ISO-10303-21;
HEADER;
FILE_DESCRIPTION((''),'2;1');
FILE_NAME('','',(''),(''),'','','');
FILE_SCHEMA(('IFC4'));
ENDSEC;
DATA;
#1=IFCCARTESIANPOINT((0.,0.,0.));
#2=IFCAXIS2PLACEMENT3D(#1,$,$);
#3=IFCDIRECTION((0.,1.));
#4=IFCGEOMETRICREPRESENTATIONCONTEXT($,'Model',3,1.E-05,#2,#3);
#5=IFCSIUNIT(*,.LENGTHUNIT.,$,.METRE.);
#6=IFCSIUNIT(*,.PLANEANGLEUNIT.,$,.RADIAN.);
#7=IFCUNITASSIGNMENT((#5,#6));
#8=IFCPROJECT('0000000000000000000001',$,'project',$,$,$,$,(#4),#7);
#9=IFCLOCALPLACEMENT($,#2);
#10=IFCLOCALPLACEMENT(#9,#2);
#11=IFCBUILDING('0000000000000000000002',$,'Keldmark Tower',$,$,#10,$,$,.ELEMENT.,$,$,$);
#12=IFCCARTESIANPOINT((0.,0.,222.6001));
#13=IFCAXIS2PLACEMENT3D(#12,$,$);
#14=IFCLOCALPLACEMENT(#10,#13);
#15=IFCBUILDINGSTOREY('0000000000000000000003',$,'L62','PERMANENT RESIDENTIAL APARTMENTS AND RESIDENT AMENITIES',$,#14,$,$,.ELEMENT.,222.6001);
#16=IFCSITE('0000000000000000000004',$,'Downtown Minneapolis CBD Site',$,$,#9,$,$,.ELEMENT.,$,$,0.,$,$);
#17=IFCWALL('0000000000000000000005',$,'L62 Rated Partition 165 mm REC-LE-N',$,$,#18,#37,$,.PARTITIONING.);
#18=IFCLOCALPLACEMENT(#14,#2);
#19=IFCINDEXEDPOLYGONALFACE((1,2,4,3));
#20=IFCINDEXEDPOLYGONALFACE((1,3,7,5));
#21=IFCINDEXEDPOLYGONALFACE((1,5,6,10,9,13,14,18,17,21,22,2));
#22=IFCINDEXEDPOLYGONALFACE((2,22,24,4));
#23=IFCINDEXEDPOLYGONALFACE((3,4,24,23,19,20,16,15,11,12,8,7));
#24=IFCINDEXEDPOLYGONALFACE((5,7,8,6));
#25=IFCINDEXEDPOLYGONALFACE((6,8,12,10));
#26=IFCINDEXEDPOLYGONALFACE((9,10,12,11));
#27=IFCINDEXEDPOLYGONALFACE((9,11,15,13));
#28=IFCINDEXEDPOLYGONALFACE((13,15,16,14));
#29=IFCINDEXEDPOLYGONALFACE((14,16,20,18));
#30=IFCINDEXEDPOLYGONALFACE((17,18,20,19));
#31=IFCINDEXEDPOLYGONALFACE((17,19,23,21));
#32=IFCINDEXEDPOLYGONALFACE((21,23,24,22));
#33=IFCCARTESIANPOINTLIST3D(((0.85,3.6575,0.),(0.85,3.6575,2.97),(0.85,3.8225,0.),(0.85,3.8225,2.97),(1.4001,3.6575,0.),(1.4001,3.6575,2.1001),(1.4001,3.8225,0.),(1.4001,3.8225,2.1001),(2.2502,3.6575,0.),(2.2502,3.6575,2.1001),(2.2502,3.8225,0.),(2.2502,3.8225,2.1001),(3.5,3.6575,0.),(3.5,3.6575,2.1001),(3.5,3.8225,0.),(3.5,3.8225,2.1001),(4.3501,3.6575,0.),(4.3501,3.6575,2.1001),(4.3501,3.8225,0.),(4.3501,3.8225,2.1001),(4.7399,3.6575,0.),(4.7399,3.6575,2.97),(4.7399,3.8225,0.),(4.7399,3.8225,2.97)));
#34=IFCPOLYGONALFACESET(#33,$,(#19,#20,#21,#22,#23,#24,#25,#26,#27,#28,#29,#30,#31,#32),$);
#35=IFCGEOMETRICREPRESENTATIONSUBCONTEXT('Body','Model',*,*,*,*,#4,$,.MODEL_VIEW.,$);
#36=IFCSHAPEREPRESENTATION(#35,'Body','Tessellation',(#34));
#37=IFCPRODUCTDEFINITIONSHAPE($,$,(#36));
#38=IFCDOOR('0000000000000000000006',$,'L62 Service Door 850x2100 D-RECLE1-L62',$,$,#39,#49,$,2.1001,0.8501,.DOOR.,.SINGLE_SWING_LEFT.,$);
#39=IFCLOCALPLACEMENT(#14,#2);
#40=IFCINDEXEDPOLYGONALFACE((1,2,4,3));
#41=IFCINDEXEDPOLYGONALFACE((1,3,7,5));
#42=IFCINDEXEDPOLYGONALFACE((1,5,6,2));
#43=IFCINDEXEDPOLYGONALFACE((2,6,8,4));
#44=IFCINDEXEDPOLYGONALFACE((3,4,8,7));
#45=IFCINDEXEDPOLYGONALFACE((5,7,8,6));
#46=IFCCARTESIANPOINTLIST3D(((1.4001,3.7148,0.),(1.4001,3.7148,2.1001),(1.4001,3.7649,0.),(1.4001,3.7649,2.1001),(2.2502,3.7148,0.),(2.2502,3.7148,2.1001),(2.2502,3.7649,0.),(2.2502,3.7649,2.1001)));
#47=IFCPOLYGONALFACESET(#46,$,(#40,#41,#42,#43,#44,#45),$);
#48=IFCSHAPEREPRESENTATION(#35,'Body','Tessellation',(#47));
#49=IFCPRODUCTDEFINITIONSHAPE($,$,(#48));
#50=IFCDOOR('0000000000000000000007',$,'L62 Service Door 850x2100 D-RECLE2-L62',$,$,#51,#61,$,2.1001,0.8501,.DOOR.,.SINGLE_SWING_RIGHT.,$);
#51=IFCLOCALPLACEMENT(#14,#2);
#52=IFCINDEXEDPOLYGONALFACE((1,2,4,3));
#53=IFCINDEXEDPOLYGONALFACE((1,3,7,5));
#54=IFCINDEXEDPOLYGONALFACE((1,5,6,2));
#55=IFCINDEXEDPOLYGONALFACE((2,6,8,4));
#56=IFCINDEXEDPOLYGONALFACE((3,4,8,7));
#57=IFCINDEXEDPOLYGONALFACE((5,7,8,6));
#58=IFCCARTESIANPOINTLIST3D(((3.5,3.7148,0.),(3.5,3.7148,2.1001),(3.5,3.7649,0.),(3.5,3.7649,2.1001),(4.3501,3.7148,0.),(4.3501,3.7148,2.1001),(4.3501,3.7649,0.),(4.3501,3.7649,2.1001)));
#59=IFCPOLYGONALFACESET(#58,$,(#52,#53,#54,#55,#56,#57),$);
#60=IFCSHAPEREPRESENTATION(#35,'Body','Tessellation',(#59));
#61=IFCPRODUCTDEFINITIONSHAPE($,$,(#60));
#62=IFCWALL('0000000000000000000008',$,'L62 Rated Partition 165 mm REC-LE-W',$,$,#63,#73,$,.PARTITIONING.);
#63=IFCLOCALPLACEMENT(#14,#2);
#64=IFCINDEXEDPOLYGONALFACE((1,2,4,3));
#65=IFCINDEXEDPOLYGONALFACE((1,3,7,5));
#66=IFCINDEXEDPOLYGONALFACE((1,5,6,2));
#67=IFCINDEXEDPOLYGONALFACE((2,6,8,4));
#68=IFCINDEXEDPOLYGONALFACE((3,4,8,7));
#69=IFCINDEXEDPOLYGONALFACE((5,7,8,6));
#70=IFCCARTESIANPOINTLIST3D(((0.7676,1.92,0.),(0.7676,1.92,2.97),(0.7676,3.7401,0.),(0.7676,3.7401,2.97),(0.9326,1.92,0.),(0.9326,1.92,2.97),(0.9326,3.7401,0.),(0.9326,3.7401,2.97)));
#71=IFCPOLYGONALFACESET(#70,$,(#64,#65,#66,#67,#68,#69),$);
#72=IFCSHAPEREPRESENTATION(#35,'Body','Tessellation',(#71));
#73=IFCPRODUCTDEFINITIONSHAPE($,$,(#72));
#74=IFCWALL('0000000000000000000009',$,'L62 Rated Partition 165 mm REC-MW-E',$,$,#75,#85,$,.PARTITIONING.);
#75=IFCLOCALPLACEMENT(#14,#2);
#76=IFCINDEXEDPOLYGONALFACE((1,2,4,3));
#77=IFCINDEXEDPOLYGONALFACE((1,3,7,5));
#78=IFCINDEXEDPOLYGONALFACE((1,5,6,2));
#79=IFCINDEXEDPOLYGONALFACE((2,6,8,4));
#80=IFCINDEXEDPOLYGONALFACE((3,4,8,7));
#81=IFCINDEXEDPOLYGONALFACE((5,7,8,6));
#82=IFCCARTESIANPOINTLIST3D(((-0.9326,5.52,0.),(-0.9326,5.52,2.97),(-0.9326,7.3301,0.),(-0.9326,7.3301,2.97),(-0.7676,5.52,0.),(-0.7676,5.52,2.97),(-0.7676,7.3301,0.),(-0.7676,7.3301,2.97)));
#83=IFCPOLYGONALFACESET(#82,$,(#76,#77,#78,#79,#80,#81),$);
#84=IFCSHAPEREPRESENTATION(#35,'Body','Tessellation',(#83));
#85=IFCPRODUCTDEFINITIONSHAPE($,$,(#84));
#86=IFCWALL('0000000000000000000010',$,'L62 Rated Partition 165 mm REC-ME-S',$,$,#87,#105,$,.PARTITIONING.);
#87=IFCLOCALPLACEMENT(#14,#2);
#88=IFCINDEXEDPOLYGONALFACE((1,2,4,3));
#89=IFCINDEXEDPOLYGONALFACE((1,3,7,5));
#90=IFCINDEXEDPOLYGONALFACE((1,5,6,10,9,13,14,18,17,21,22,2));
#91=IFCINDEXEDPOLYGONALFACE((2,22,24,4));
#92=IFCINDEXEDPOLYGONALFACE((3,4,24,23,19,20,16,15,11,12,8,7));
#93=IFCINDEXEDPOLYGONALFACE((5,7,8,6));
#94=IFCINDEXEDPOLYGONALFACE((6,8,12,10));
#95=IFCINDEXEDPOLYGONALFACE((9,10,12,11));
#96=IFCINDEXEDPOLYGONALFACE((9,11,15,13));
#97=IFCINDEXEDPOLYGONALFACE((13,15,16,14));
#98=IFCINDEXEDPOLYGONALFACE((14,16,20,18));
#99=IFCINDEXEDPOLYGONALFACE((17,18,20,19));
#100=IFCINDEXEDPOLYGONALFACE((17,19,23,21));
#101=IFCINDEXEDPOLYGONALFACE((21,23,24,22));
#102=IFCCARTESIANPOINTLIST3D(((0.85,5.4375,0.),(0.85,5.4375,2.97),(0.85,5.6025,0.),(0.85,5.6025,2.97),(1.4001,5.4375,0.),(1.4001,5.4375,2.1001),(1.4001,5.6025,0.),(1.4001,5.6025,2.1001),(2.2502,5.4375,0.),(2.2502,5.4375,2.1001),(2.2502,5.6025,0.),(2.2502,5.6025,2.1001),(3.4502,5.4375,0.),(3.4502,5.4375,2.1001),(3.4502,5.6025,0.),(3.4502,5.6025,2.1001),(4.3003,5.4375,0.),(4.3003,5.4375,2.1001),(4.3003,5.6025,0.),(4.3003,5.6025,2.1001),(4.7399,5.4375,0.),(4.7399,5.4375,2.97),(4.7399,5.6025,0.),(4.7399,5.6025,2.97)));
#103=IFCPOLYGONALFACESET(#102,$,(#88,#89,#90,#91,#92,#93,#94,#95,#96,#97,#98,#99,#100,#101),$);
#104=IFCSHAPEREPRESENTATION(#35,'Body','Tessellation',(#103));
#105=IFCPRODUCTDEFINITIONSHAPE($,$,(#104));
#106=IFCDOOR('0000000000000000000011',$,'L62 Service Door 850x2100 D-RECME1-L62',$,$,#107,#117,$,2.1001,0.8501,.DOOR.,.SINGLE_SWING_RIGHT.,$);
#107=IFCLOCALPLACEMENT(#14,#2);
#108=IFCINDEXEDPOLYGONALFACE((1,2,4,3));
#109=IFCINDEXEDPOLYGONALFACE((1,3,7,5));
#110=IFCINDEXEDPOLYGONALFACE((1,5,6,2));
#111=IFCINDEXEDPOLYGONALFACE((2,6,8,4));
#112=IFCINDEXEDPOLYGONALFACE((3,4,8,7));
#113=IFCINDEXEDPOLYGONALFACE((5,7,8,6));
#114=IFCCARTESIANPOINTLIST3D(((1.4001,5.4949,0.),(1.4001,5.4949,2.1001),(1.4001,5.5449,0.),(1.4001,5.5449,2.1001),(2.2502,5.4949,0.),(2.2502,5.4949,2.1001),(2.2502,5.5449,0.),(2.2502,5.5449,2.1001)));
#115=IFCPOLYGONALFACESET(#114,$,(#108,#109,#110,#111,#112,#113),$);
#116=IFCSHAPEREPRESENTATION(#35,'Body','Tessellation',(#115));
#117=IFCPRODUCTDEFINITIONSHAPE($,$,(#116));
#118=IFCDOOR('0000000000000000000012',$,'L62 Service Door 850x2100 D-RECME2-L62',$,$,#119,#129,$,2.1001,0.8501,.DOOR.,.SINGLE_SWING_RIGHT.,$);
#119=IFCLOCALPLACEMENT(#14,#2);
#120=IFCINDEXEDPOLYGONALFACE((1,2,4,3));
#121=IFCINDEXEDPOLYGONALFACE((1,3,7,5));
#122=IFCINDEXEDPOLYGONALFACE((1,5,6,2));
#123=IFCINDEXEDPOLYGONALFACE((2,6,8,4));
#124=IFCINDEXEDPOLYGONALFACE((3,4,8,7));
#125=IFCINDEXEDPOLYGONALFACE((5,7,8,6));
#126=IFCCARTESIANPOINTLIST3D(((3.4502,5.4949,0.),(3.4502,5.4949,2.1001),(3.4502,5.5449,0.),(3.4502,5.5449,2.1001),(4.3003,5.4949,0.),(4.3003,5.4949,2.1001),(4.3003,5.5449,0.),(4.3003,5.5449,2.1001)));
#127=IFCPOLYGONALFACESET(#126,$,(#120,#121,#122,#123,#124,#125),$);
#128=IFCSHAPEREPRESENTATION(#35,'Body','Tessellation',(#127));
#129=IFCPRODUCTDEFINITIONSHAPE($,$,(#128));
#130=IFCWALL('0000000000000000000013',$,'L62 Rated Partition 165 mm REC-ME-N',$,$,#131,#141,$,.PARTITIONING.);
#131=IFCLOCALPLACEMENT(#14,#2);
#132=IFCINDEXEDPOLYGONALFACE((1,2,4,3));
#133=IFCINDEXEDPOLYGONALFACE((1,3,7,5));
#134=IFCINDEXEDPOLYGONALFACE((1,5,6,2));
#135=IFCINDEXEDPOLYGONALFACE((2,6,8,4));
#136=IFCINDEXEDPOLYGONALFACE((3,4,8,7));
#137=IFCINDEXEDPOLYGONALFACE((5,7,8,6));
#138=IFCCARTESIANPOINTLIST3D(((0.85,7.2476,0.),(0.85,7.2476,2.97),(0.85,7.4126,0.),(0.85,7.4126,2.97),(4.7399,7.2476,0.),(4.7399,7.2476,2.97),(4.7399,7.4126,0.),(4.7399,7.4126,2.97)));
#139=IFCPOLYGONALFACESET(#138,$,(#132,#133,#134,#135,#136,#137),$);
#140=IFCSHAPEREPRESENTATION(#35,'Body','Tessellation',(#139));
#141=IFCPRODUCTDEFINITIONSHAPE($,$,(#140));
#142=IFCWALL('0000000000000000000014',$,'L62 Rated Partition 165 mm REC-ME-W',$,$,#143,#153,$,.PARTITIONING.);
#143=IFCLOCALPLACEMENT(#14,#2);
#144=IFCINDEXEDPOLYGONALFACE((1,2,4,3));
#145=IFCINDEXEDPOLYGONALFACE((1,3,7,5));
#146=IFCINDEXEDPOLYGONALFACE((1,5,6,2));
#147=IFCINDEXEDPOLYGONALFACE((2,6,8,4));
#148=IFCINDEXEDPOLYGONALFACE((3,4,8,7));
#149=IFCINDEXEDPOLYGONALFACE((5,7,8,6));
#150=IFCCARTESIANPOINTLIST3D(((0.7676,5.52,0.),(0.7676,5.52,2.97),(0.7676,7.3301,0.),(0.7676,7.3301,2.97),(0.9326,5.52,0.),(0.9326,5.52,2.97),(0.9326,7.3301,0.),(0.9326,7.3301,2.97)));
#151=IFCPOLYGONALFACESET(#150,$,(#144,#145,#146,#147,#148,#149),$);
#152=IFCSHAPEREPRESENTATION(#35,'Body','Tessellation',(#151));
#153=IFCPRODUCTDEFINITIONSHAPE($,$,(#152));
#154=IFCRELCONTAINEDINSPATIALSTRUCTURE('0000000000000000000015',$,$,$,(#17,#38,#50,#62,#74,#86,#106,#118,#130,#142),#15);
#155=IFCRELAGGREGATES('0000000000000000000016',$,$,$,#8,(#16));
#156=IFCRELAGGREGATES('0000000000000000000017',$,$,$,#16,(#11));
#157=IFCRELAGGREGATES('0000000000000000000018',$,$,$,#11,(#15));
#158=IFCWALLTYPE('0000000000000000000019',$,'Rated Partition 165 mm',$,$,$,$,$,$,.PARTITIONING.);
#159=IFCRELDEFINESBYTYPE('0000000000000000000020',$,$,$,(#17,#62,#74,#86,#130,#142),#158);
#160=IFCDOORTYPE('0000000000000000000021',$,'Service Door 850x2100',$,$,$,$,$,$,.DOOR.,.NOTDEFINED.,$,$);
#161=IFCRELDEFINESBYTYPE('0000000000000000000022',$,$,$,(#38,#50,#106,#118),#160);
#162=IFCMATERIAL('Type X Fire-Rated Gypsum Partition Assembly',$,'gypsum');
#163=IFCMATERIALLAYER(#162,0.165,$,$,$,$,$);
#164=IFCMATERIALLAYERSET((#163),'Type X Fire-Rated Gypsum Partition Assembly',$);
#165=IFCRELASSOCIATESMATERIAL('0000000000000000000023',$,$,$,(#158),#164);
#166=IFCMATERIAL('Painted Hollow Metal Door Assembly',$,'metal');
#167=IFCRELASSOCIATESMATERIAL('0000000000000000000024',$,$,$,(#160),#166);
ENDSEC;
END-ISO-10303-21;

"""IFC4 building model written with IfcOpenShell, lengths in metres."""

from ifc_helpers import new_model, si_unit, direction, frame, frame_2d, origin, place, context, subcontext, project, spatial, rectangle, extrude, material, layer, layer_set, type_object, element, fill, save


model = new_model("IFC4")

# Units and contexts
model_context = context("Model", 3, precision=1e-05, world=origin(), true_north=direction((0.0, 1.0)))
body_context = subcontext(model_context, "Body", "Model", "MODEL_VIEW")
ifc_project = project(units=[si_unit("LENGTHUNIT", "METRE"), si_unit("PLANEANGLEUNIT", "RADIAN")], contexts=[model_context])

# Site, building, storey
site_placement = place(None, origin())
site = spatial("IfcSite", under=ifc_project, at=site_placement, Name="Downtown Minneapolis CBD Site", CompositionType="ELEMENT", RefElevation=0.0)
building_placement = place(site_placement, origin())
building = spatial("IfcBuilding", under=site, at=building_placement, Name="Keldmark Tower", CompositionType="ELEMENT")
storey_placement = place(building_placement, frame((0.0, 0.0, 222.6001)))
storey = spatial("IfcBuildingStorey", under=building, at=storey_placement, Name="L62", Description="PERMANENT RESIDENTIAL APARTMENTS AND RESIDENT AMENITIES", CompositionType="ELEMENT", Elevation=222.6001)

# Shared definitions
ifc_material_1 = material(Name="Type X Fire-Rated Gypsum Partition Assembly", Category="gypsum")
ifc_layer_1 = layer(ifc_material_1, 0.165)
ifc_layer_set_1 = layer_set([ifc_layer_1], Name="Type X Fire-Rated Gypsum Partition Assembly")
wall_type_1 = type_object("IfcWallType", Name="Rated Partition 165 mm", PredefinedType="PARTITIONING", material=ifc_layer_set_1)

# Wall, openings, doors
wall_1_placement = place(storey_placement, frame((0.8501, 3.74, 0.0), z_axis=(0.0, 0.0, 1.0), x_axis=(1.0, 0.0, 0.0)))
wall_1 = element("IfcWall", 1, at=wall_1_placement, inside=storey, type_object=wall_type_1, Name="L62 Rated Partition 165 mm REC-LE-N", PredefinedType="PARTITIONING", context=body_context, shape_type="SweptSolid", body=[
    extrude(rectangle(XDim=3.8899, YDim=0.165, at=frame_2d((1.9448, 0.0))), origin(), (0.0, 0.0, 1.0), 2.97),
])
opening_1_placement = place(wall_1_placement, frame((0.55, 0.0, 0.0)))
opening_1 = element("IfcOpeningElement", 2, at=opening_1_placement, cuts=wall_1, PredefinedType="OPENING", context=body_context, shape_type="SweptSolid", body=[
    extrude(rectangle(XDim=0.8501, YDim=2.1001, at=frame_2d((0.425, 1.05))), frame((0.0, 0.0925, 0.0), z_axis=(0.0, -1.0, 0.0), x_axis=(1.0, 0.0, 0.0)), (0.0, 0.0, 1.0), 0.1851),
])
opening_2_placement = place(wall_1_placement, frame((2.6499, 0.0, 0.0)))
opening_2 = element("IfcOpeningElement", 3, at=opening_2_placement, cuts=wall_1, PredefinedType="OPENING", context=body_context, shape_type="SweptSolid", body=[
    extrude(rectangle(XDim=0.8501, YDim=2.1001, at=frame_2d((0.425, 1.05))), frame((0.0, 0.0925, 0.0), z_axis=(0.0, -1.0, 0.0), x_axis=(1.0, 0.0, 0.0)), (0.0, 0.0, 1.0), 0.1851),
])
ifc_material_2 = material(Name="Painted Hollow Metal Door Assembly", Category="metal")
door_type_1 = type_object("IfcDoorType", Name="Service Door 850x2100", OperationType="NOTDEFINED", PredefinedType="DOOR", material=ifc_material_2)
door_1_placement = place(opening_1_placement, origin())
door_1 = element("IfcDoor", 4, at=door_1_placement, inside=storey, type_object=door_type_1, Name="L62 Service Door 850x2100 D-RECLE1-L62", OperationType="SINGLE_SWING_LEFT", OverallHeight=2.1001, OverallWidth=0.8501, PredefinedType="DOOR", context=body_context, shape_type="SweptSolid", body=[
    extrude(rectangle(XDim=0.8501, YDim=2.1001, at=frame_2d((0.425, 1.05))), frame((0.0, 0.0249, 0.0), z_axis=(0.0, -1.0, 0.0), x_axis=(1.0, 0.0, 0.0)), (0.0, 0.0, 1.0), 0.05),
])
fill(opening_1, door_1)
door_2_placement = place(opening_2_placement, origin())
door_2 = element("IfcDoor", 5, at=door_2_placement, inside=storey, type_object=door_type_1, Name="L62 Service Door 850x2100 D-RECLE2-L62", OperationType="SINGLE_SWING_RIGHT", OverallHeight=2.1001, OverallWidth=0.8501, PredefinedType="DOOR", context=body_context, shape_type="SweptSolid", body=[
    extrude(rectangle(XDim=0.8501, YDim=2.1001, at=frame_2d((0.425, 1.05))), frame((0.0, 0.0249, 0.0), z_axis=(0.0, -1.0, 0.0), x_axis=(1.0, 0.0, 0.0)), (0.0, 0.0, 1.0), 0.05),
])
fill(opening_2, door_2)

# Walls
wall_2_placement = place(storey_placement, frame((0.8501, 1.9199, 0.0), z_axis=(0.0, 0.0, 1.0), x_axis=(0.0, 1.0, 0.0)))
element("IfcWall", 6, at=wall_2_placement, inside=storey, type_object=wall_type_1, Name="L62 Rated Partition 165 mm REC-LE-W", PredefinedType="PARTITIONING", context=body_context, shape_type="SweptSolid", body=[
    extrude(rectangle(XDim=1.8201, YDim=0.165, at=frame_2d((0.9102, 0.0))), origin(), (0.0, 0.0, 1.0), 2.97),
])
wall_3_placement = place(storey_placement, frame((-0.8501, 5.52, 0.0), z_axis=(0.0, 0.0, 1.0), x_axis=(0.0, 1.0, 0.0)))
element("IfcWall", 7, at=wall_3_placement, inside=storey, type_object=wall_type_1, Name="L62 Rated Partition 165 mm REC-MW-E", PredefinedType="PARTITIONING", context=body_context, shape_type="SweptSolid", body=[
    extrude(rectangle(XDim=1.8101, YDim=0.165, at=frame_2d((0.905, 0.0))), origin(), (0.0, 0.0, 1.0), 2.97),
])

# Wall, openings, doors
wall_4_placement = place(storey_placement, frame((0.8501, 5.52, 0.0), z_axis=(0.0, 0.0, 1.0), x_axis=(1.0, 0.0, 0.0)))
wall_4 = element("IfcWall", 8, at=wall_4_placement, inside=storey, type_object=wall_type_1, Name="L62 Rated Partition 165 mm REC-ME-S", PredefinedType="PARTITIONING", context=body_context, shape_type="SweptSolid", body=[
    extrude(rectangle(XDim=3.8899, YDim=0.165, at=frame_2d((1.9448, 0.0))), origin(), (0.0, 0.0, 1.0), 2.97),
])
opening_3_placement = place(wall_4_placement, frame((0.55, 0.0, 0.0)))
opening_3 = element("IfcOpeningElement", 9, at=opening_3_placement, cuts=wall_4, PredefinedType="OPENING", context=body_context, shape_type="SweptSolid", body=[
    extrude(rectangle(XDim=0.8501, YDim=2.1001, at=frame_2d((0.425, 1.05))), frame((0.0, 0.0925, 0.0), z_axis=(0.0, -1.0, 0.0), x_axis=(1.0, 0.0, 0.0)), (0.0, 0.0, 1.0), 0.1851),
])
opening_4_placement = place(wall_4_placement, frame((2.6001, 0.0, 0.0)))
opening_4 = element("IfcOpeningElement", 10, at=opening_4_placement, cuts=wall_4, PredefinedType="OPENING", context=body_context, shape_type="SweptSolid", body=[
    extrude(rectangle(XDim=0.8501, YDim=2.1001, at=frame_2d((0.425, 1.05))), frame((0.0, 0.0925, 0.0), z_axis=(0.0, -1.0, 0.0), x_axis=(1.0, 0.0, 0.0)), (0.0, 0.0, 1.0), 0.1851),
])
door_3_placement = place(opening_3_placement, origin())
door_3 = element("IfcDoor", 11, at=door_3_placement, inside=storey, type_object=door_type_1, Name="L62 Service Door 850x2100 D-RECME1-L62", OperationType="SINGLE_SWING_RIGHT", OverallHeight=2.1001, OverallWidth=0.8501, PredefinedType="DOOR", context=body_context, shape_type="SweptSolid", body=[
    extrude(rectangle(XDim=0.8501, YDim=2.1001, at=frame_2d((0.425, 1.05))), frame((0.0, 0.0249, 0.0), z_axis=(0.0, -1.0, 0.0), x_axis=(1.0, 0.0, 0.0)), (0.0, 0.0, 1.0), 0.05),
])
fill(opening_3, door_3)
door_4_placement = place(opening_4_placement, origin())
door_4 = element("IfcDoor", 12, at=door_4_placement, inside=storey, type_object=door_type_1, Name="L62 Service Door 850x2100 D-RECME2-L62", OperationType="SINGLE_SWING_RIGHT", OverallHeight=2.1001, OverallWidth=0.8501, PredefinedType="DOOR", context=body_context, shape_type="SweptSolid", body=[
    extrude(rectangle(XDim=0.8501, YDim=2.1001, at=frame_2d((0.425, 1.05))), frame((0.0, 0.0249, 0.0), z_axis=(0.0, -1.0, 0.0), x_axis=(1.0, 0.0, 0.0)), (0.0, 0.0, 1.0), 0.05),
])
fill(opening_4, door_4)

# Walls
wall_5_placement = place(storey_placement, frame((0.8501, 7.3301, 0.0), z_axis=(0.0, 0.0, 1.0), x_axis=(1.0, 0.0, 0.0)))
element("IfcWall", 13, at=wall_5_placement, inside=storey, type_object=wall_type_1, Name="L62 Rated Partition 165 mm REC-ME-N", PredefinedType="PARTITIONING", context=body_context, shape_type="SweptSolid", body=[
    extrude(rectangle(XDim=3.8899, YDim=0.165, at=frame_2d((1.9448, 0.0))), origin(), (0.0, 0.0, 1.0), 2.97),
])
wall_6_placement = place(storey_placement, frame((0.8501, 5.52, 0.0), z_axis=(0.0, 0.0, 1.0), x_axis=(0.0, 1.0, 0.0)))
element("IfcWall", 14, at=wall_6_placement, inside=storey, type_object=wall_type_1, Name="L62 Rated Partition 165 mm REC-ME-W", PredefinedType="PARTITIONING", context=body_context, shape_type="SweptSolid", body=[
    extrude(rectangle(XDim=1.8101, YDim=0.165, at=frame_2d((0.905, 0.0))), origin(), (0.0, 0.0, 1.0), 2.97),
])

save(model, "model.ifc")
